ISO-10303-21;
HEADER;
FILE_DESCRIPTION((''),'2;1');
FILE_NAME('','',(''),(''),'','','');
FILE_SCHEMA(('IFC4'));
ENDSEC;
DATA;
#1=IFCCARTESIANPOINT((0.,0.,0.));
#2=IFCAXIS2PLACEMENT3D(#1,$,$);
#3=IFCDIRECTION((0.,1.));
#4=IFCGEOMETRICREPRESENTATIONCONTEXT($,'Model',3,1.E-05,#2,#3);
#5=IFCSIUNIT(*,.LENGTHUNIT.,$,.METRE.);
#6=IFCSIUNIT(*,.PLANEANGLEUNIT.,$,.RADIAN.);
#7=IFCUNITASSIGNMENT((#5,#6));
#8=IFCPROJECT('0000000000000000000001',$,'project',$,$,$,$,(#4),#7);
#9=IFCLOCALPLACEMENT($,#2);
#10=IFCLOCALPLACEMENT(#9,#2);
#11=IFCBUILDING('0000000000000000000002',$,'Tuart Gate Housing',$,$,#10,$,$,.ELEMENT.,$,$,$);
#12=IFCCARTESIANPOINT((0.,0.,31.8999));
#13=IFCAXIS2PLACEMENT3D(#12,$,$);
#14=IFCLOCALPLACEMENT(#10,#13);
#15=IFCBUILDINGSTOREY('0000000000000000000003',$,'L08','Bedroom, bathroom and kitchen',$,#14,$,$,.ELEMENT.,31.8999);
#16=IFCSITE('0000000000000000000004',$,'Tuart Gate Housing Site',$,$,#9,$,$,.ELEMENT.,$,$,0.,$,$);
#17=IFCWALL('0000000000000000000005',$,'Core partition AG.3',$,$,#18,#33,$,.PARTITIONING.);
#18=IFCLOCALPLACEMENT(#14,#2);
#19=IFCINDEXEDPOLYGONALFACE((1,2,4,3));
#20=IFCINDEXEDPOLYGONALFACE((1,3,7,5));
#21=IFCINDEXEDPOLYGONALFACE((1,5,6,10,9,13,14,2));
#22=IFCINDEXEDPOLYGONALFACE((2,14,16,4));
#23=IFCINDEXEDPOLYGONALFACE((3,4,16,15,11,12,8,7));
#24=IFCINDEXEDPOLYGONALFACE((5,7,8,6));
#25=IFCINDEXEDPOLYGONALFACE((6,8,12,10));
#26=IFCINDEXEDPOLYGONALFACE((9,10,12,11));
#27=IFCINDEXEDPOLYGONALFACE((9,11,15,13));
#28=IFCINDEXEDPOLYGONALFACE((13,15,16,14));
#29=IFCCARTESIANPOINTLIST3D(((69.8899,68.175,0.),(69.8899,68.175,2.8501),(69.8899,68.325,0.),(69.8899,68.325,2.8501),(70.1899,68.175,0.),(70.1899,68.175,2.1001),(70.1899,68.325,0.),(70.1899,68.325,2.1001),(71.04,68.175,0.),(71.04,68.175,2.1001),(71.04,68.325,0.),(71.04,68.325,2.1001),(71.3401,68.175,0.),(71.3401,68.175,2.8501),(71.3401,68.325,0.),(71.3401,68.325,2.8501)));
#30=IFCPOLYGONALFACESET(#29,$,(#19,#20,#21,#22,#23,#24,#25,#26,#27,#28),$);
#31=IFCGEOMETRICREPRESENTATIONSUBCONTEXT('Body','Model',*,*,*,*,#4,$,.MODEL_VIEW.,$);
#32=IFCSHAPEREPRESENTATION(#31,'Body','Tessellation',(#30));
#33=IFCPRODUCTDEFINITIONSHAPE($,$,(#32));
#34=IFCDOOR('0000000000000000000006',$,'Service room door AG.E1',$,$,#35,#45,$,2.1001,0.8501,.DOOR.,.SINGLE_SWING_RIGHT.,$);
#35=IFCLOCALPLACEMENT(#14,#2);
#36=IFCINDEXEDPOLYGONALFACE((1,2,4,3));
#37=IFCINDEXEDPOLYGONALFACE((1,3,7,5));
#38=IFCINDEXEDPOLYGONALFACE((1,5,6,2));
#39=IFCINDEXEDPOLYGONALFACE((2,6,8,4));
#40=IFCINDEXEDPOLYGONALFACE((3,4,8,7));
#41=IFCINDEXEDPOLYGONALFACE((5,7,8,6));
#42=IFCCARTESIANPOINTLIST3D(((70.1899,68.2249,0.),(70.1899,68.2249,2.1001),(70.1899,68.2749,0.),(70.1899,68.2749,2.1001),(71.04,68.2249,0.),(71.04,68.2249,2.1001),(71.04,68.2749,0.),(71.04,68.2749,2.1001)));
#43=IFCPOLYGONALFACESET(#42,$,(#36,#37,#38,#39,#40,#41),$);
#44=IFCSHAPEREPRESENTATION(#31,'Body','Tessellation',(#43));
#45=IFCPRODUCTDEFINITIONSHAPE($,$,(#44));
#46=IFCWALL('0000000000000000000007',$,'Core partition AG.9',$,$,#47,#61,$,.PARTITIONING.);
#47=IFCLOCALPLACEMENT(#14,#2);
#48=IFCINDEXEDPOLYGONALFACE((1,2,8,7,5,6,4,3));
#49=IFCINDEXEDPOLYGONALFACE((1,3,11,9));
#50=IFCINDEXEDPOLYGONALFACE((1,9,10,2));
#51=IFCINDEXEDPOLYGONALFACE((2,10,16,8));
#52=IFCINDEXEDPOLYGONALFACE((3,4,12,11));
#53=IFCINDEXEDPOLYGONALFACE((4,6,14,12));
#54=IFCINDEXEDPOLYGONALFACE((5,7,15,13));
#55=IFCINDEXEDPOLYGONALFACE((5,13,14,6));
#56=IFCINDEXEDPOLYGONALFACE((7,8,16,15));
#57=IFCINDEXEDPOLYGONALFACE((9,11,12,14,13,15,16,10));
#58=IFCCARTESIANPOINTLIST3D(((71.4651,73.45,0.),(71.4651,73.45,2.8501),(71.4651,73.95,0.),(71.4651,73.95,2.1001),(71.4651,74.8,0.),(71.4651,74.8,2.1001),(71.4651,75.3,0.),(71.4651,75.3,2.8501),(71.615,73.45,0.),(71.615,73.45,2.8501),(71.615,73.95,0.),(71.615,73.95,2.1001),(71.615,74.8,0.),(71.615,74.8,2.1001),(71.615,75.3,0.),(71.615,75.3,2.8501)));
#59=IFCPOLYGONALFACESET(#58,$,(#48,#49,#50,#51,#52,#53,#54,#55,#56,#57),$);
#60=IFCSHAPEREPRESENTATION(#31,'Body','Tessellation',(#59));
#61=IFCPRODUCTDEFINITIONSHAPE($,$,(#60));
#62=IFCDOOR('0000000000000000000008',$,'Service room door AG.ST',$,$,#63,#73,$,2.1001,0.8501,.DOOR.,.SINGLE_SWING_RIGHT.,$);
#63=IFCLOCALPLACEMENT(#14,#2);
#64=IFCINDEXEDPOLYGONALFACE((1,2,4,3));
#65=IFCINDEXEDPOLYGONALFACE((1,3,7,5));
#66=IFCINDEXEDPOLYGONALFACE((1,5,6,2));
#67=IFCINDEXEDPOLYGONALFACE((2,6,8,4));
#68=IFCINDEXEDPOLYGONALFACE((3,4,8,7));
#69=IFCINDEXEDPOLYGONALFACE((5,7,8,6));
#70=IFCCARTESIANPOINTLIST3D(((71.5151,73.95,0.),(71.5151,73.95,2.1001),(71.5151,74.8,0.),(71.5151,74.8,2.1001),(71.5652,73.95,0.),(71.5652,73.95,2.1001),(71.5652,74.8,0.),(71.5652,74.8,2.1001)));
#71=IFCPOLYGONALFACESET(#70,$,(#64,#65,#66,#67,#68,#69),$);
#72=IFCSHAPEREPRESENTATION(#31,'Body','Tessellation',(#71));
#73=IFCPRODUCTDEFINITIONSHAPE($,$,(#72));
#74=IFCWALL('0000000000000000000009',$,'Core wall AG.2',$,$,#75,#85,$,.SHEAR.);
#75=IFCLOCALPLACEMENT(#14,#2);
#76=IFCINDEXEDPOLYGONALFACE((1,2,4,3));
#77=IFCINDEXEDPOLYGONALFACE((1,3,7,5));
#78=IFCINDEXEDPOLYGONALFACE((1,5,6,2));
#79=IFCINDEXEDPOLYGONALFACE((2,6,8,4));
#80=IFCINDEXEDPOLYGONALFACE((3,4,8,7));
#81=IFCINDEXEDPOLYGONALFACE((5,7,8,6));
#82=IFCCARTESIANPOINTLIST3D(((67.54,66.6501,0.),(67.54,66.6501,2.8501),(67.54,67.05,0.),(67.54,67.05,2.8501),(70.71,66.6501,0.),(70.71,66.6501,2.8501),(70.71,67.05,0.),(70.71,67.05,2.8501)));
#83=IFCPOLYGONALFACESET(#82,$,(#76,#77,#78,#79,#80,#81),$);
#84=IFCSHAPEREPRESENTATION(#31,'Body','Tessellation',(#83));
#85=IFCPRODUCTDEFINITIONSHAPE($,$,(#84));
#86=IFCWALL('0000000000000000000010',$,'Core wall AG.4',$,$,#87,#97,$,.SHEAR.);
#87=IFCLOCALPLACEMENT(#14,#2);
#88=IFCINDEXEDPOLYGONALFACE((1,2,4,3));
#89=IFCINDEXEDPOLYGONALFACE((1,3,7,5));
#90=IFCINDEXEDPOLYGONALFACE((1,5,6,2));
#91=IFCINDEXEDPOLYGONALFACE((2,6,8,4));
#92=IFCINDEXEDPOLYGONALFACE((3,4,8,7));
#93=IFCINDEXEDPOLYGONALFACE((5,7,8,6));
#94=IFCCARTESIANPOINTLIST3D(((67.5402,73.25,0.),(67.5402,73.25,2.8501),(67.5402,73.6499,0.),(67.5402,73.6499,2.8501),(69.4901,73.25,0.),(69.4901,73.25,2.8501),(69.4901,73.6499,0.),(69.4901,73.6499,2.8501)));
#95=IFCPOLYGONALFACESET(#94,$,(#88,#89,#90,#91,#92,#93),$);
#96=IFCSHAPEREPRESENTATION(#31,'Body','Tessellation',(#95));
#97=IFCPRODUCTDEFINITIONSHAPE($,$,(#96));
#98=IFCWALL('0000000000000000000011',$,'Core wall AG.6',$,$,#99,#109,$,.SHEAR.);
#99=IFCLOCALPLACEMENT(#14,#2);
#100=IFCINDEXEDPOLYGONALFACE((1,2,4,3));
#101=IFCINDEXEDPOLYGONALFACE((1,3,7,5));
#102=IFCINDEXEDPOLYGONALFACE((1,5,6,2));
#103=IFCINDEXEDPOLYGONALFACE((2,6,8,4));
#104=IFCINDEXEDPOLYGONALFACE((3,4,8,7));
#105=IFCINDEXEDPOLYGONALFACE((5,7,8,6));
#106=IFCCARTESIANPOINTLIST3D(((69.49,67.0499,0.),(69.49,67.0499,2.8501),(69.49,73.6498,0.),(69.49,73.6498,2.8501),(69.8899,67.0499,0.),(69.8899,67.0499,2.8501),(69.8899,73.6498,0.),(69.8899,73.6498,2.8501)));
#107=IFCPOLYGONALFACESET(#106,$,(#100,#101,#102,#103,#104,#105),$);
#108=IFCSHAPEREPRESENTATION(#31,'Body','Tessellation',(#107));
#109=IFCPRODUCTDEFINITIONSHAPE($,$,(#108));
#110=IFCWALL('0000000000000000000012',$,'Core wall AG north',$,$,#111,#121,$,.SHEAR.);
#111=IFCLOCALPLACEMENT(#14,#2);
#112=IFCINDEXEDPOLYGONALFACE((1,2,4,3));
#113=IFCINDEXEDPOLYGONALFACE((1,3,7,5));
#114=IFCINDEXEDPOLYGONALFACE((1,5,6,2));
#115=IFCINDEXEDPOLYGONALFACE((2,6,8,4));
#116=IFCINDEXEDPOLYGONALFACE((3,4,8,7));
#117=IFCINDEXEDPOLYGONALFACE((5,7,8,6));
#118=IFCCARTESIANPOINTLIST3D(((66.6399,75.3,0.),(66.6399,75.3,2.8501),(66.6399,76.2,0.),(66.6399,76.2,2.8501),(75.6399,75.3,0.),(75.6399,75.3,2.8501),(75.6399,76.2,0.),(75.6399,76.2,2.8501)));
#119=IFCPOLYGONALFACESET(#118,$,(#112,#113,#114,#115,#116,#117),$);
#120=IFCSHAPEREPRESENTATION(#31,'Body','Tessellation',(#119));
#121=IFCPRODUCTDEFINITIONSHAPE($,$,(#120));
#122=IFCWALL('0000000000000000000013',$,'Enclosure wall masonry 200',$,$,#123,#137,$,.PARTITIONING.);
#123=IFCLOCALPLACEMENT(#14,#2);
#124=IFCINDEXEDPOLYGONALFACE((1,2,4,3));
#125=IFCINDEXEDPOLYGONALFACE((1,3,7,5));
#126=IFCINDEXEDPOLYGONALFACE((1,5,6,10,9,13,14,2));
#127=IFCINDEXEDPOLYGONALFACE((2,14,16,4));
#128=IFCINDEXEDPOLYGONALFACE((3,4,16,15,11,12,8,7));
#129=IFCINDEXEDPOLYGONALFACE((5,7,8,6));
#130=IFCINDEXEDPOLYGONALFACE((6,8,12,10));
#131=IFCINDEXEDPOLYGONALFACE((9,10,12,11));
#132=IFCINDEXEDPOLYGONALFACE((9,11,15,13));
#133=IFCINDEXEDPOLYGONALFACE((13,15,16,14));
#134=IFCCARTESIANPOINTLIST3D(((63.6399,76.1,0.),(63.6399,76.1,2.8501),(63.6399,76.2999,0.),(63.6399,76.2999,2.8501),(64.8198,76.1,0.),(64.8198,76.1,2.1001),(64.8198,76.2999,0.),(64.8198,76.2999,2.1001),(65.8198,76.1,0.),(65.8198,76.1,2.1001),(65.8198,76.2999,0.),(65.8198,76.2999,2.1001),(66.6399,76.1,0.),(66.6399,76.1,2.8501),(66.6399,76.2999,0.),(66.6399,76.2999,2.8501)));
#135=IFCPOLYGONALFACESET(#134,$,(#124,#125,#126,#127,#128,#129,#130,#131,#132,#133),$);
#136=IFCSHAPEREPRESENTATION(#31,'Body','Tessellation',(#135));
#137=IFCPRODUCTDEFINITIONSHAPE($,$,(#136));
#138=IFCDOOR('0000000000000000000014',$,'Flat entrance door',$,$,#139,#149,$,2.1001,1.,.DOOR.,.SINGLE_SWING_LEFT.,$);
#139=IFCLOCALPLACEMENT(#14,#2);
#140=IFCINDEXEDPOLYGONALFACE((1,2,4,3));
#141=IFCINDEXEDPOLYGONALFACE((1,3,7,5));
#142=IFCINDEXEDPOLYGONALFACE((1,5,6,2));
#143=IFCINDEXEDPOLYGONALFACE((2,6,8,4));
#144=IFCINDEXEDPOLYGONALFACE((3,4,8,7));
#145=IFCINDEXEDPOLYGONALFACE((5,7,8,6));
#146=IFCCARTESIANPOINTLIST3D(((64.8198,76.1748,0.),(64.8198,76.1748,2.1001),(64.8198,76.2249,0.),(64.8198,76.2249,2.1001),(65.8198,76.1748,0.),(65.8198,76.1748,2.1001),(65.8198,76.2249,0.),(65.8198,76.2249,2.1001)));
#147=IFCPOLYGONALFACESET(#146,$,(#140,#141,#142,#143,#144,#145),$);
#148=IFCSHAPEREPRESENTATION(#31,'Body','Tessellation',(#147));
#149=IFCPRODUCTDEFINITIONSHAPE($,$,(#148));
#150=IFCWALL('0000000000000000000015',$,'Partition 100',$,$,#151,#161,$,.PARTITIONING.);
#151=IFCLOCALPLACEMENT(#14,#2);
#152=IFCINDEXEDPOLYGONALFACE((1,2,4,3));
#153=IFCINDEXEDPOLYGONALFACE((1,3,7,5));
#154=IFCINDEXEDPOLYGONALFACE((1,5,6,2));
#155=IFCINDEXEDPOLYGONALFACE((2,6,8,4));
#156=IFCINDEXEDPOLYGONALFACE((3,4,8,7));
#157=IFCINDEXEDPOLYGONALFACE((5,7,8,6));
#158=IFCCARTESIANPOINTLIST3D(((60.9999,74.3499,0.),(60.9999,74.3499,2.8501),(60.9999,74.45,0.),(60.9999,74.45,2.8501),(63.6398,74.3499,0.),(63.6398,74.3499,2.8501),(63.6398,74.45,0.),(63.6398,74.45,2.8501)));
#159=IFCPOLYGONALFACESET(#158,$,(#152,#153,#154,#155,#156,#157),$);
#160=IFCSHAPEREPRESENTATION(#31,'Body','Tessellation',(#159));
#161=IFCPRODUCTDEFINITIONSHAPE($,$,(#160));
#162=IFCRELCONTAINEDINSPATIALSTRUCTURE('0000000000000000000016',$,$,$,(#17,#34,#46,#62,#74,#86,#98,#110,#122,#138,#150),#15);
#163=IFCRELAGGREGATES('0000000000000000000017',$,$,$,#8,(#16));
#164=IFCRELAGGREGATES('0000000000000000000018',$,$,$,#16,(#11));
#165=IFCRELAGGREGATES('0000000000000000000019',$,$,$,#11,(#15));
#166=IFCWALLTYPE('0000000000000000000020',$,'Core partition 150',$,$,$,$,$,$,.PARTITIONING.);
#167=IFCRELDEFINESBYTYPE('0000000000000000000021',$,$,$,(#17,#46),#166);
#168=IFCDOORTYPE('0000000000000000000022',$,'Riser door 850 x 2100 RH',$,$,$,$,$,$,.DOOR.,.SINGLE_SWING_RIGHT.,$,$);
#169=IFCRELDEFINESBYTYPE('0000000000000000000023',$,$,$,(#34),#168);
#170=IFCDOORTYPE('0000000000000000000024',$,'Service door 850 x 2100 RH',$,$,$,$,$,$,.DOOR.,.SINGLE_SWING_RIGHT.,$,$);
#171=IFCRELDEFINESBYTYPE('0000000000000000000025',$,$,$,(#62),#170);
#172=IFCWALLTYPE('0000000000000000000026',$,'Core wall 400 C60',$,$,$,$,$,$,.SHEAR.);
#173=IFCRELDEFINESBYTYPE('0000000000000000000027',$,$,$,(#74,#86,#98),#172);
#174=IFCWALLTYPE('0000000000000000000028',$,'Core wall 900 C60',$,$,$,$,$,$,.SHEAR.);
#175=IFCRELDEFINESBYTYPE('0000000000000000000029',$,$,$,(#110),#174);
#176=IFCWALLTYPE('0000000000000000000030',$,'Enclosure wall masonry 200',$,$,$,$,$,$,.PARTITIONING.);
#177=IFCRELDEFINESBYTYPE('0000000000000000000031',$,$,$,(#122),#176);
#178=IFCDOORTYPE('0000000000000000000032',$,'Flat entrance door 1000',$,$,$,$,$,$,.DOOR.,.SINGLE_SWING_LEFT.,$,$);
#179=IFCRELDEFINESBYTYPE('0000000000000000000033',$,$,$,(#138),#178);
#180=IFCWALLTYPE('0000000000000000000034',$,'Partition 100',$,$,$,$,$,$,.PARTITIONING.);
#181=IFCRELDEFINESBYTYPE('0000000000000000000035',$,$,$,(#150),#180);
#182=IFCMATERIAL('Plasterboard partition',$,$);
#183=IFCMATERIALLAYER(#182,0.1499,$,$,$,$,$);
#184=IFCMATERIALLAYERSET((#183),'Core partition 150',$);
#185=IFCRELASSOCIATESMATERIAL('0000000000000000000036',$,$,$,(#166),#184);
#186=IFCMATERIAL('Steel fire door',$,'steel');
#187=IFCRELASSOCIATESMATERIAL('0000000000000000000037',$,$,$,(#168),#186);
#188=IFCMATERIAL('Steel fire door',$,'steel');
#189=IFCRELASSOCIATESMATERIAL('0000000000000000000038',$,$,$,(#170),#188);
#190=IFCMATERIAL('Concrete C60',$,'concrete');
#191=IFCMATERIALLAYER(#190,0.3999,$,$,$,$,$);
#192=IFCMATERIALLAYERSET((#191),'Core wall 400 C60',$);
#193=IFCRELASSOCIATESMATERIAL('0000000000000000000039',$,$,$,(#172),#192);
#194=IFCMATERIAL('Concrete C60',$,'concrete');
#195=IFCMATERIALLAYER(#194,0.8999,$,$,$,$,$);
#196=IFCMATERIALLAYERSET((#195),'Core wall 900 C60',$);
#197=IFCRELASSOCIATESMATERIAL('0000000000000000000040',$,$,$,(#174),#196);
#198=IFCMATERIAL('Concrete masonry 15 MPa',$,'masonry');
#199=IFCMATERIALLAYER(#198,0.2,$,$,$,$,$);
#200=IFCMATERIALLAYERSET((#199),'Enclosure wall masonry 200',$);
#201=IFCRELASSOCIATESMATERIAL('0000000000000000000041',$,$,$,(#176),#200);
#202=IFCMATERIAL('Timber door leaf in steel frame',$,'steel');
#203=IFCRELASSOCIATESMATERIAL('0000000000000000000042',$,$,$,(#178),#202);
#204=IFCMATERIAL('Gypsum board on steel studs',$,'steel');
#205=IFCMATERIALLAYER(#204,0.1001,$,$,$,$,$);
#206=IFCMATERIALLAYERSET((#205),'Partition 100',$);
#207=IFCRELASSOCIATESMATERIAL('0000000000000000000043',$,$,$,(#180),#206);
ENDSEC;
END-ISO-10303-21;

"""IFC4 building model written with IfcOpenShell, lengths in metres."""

from ifc_helpers import new_model, si_unit, direction, frame, frame_2d, origin, place, context, subcontext, project, spatial, rectangle, extrude, material, layer, layer_set, type_object, element, fill, save


model = new_model("IFC4")

# Units and contexts
model_context = context("Model", 3, precision=1e-05, world=origin(), true_north=direction((0.0, 1.0)))
body_context = subcontext(model_context, "Body", "Model", "MODEL_VIEW")
ifc_project = project(units=[si_unit("LENGTHUNIT", "METRE"), si_unit("PLANEANGLEUNIT", "RADIAN")], contexts=[model_context])

# Site, building, storey
site_placement = place(None, origin())
site = spatial("IfcSite", under=ifc_project, at=site_placement, Name="Tuart Gate Housing Site", CompositionType="ELEMENT", RefElevation=0.0)
building_placement = place(site_placement, origin())
building = spatial("IfcBuilding", under=site, at=building_placement, Name="Tuart Gate Housing", CompositionType="ELEMENT")
storey_placement = place(building_placement, frame((0.0, 0.0, 31.8999)))
storey = spatial("IfcBuildingStorey", under=building, at=storey_placement, Name="L08", Description="Bedroom, bathroom and kitchen", CompositionType="ELEMENT", Elevation=31.8999)

# Walls, openings, doors
ifc_material_1 = material(Name="Plasterboard partition")
ifc_layer_1 = layer(ifc_material_1, 0.1499)
ifc_layer_set_1 = layer_set([ifc_layer_1], Name="Core partition 150")
wall_type_1 = type_object("IfcWallType", Name="Core partition 150", PredefinedType="PARTITIONING", material=ifc_layer_set_1)
wall_1_placement = place(storey_placement, frame((69.8899, 68.25, 0.0), z_axis=(0.0, 0.0, 1.0), x_axis=(1.0, 0.0, 0.0)))
wall_1 = element("IfcWall", 1, at=wall_1_placement, inside=storey, type_object=wall_type_1, Name="Core partition AG.3", PredefinedType="PARTITIONING", context=body_context, shape_type="SweptSolid", body=[
    extrude(rectangle(XDim=1.4502, YDim=0.1499, at=frame_2d((0.7251, 0.0))), origin(), (0.0, 0.0, 1.0), 2.8501),
])
opening_1_placement = place(wall_1_placement, frame((0.3, 0.0, 0.0)))
opening_1 = element("IfcOpeningElement", 2, at=opening_1_placement, cuts=wall_1, PredefinedType="OPENING", context=body_context, shape_type="SweptSolid", body=[
    extrude(rectangle(XDim=0.8501, YDim=2.1001, at=frame_2d((0.425, 1.05))), frame((0.0, 0.085, 0.0), z_axis=(0.0, -1.0, 0.0), x_axis=(1.0, 0.0, 0.0)), (0.0, 0.0, 1.0), 0.1699),
])
ifc_material_2 = material(Name="Steel fire door", Category="steel")
door_type_1 = type_object("IfcDoorType", Name="Riser door 850 x 2100 RH", OperationType="SINGLE_SWING_RIGHT", PredefinedType="DOOR", material=ifc_material_2)
door_1_placement = place(opening_1_placement, frame((0.8501, 0.0, 0.0), z_axis=(0.0, 0.0, 1.0), x_axis=(-1.0, 0.0, 0.0)))
door_1 = element("IfcDoor", 3, at=door_1_placement, inside=storey, type_object=door_type_1, Name="Service room door AG.E1", OperationType="SINGLE_SWING_RIGHT", OverallHeight=2.1001, OverallWidth=0.8501, PredefinedType="DOOR", context=body_context, shape_type="SweptSolid", body=[
    extrude(rectangle(XDim=0.8501, YDim=2.1001, at=frame_2d((0.425, 1.05))), frame((0.0, 0.0251, 0.0), z_axis=(0.0, -1.0, 0.0), x_axis=(1.0, 0.0, 0.0)), (0.0, 0.0, 1.0), 0.05),
])
fill(opening_1, door_1)
wall_2_placement = place(storey_placement, frame((71.54, 73.45, 0.0), z_axis=(0.0, 0.0, 1.0), x_axis=(0.0, 1.0, 0.0)))
wall_2 = element("IfcWall", 4, at=wall_2_placement, inside=storey, type_object=wall_type_1, Name="Core partition AG.9", PredefinedType="PARTITIONING", context=body_context, shape_type="SweptSolid", body=[
    extrude(rectangle(XDim=1.8501, YDim=0.1499, at=frame_2d((0.925, 0.0))), origin(), (0.0, 0.0, 1.0), 2.8501),
])
opening_2_placement = place(wall_2_placement, frame((0.5, 0.0, 0.0)))
opening_2 = element("IfcOpeningElement", 5, at=opening_2_placement, cuts=wall_2, PredefinedType="OPENING", context=body_context, shape_type="SweptSolid", body=[
    extrude(rectangle(XDim=0.8501, YDim=2.1001, at=frame_2d((0.425, 1.05))), frame((0.0, 0.085, 0.0), z_axis=(0.0, -1.0, 0.0), x_axis=(1.0, 0.0, 0.0)), (0.0, 0.0, 1.0), 0.1699),
])
ifc_material_3 = material(Name="Steel fire door", Category="steel")
door_type_2 = type_object("IfcDoorType", Name="Service door 850 x 2100 RH", OperationType="SINGLE_SWING_RIGHT", PredefinedType="DOOR", material=ifc_material_3)
door_2_placement = place(opening_2_placement, frame((0.8501, 0.0, 0.0), z_axis=(0.0, 0.0, 1.0), x_axis=(-1.0, 0.0, 0.0)))
door_2 = element("IfcDoor", 6, at=door_2_placement, inside=storey, type_object=door_type_2, Name="Service room door AG.ST", OperationType="SINGLE_SWING_RIGHT", OverallHeight=2.1001, OverallWidth=0.8501, PredefinedType="DOOR", context=body_context, shape_type="SweptSolid", body=[
    extrude(rectangle(XDim=0.8501, YDim=2.1001, at=frame_2d((0.425, 1.05))), frame((0.0, 0.0251, 0.0), z_axis=(0.0, -1.0, 0.0), x_axis=(1.0, 0.0, 0.0)), (0.0, 0.0, 1.0), 0.05),
])
fill(opening_2, door_2)

# Walls
ifc_material_4 = material(Name="Concrete C60", Category="concrete")
ifc_layer_2 = layer(ifc_material_4, 0.3999)
ifc_layer_set_2 = layer_set([ifc_layer_2], Name="Core wall 400 C60")
wall_type_2 = type_object("IfcWallType", Name="Core wall 400 C60", PredefinedType="SHEAR", material=ifc_layer_set_2)
wall_3_placement = place(storey_placement, frame((67.54, 66.8501, 0.0), z_axis=(0.0, 0.0, 1.0), x_axis=(1.0, 0.0, 0.0)))
element("IfcWall", 7, at=wall_3_placement, inside=storey, type_object=wall_type_2, Name="Core wall AG.2", PredefinedType="SHEAR", context=body_context, shape_type="SweptSolid", body=[
    extrude(rectangle(XDim=3.1699, YDim=0.3999, at=frame_2d((1.585, 0.0))), origin(), (0.0, 0.0, 1.0), 2.8501),
])
wall_4_placement = place(storey_placement, frame((67.54, 73.45, 0.0), z_axis=(0.0, 0.0, 1.0), x_axis=(1.0, 0.0, 0.0)))
element("IfcWall", 8, at=wall_4_placement, inside=storey, type_object=wall_type_2, Name="Core wall AG.4", PredefinedType="SHEAR", context=body_context, shape_type="SweptSolid", body=[
    extrude(rectangle(XDim=1.95, YDim=0.3999, at=frame_2d((0.9751, 0.0))), origin(), (0.0, 0.0, 1.0), 2.8501),
])
wall_5_placement = place(storey_placement, frame((69.6899, 67.05, 0.0), z_axis=(0.0, 0.0, 1.0), x_axis=(0.0, 1.0, 0.0)))
element("IfcWall", 9, at=wall_5_placement, inside=storey, type_object=wall_type_2, Name="Core wall AG.6", PredefinedType="SHEAR", context=body_context, shape_type="SweptSolid", body=[
    extrude(rectangle(XDim=6.5999, YDim=0.3999, at=frame_2d((3.2998, 0.0))), origin(), (0.0, 0.0, 1.0), 2.8501),
])
ifc_material_5 = material(Name="Concrete C60", Category="concrete")
ifc_layer_3 = layer(ifc_material_5, 0.8999)
ifc_layer_set_3 = layer_set([ifc_layer_3], Name="Core wall 900 C60")
wall_type_3 = type_object("IfcWallType", Name="Core wall 900 C60", PredefinedType="SHEAR", material=ifc_layer_set_3)
wall_6_placement = place(storey_placement, frame((66.6399, 75.75, 0.0), z_axis=(0.0, 0.0, 1.0), x_axis=(1.0, 0.0, 0.0)))
element("IfcWall", 10, at=wall_6_placement, inside=storey, type_object=wall_type_3, Name="Core wall AG north", PredefinedType="SHEAR", context=body_context, shape_type="SweptSolid", body=[
    extrude(rectangle(XDim=9.0, YDim=0.8999, at=frame_2d((4.5, 0.0))), origin(), (0.0, 0.0, 1.0), 2.8501),
])

# Wall, opening, door
ifc_material_6 = material(Name="Concrete masonry 15 MPa", Category="masonry")
ifc_layer_4 = layer(ifc_material_6, 0.2)
ifc_layer_set_4 = layer_set([ifc_layer_4], Name="Enclosure wall masonry 200")
wall_type_4 = type_object("IfcWallType", Name="Enclosure wall masonry 200", PredefinedType="PARTITIONING", material=ifc_layer_set_4)
wall_7_placement = place(storey_placement, frame((63.6399, 76.2, 0.0), z_axis=(0.0, 0.0, 1.0), x_axis=(1.0, 0.0, 0.0)))
wall_7 = element("IfcWall", 11, at=wall_7_placement, inside=storey, type_object=wall_type_4, Name="Enclosure wall masonry 200", PredefinedType="PARTITIONING", context=body_context, shape_type="SweptSolid", body=[
    extrude(rectangle(XDim=3.0, YDim=0.2, at=frame_2d((1.5, 0.0))), origin(), (0.0, 0.0, 1.0), 2.8501),
])
opening_3_placement = place(wall_7_placement, frame((1.1799, 0.0, 0.0)))
opening_3 = element("IfcOpeningElement", 12, at=opening_3_placement, cuts=wall_7, PredefinedType="OPENING", context=body_context, shape_type="SweptSolid", body=[
    extrude(rectangle(XDim=1.0, YDim=2.1001, at=frame_2d((0.5, 1.05))), frame((0.0, 0.1099, 0.0), z_axis=(0.0, -1.0, 0.0), x_axis=(1.0, 0.0, 0.0)), (0.0, 0.0, 1.0), 0.22),
])
ifc_material_7 = material(Name="Timber door leaf in steel frame", Category="steel")
door_type_3 = type_object("IfcDoorType", Name="Flat entrance door 1000", OperationType="SINGLE_SWING_LEFT", PredefinedType="DOOR", material=ifc_material_7)
door_3_placement = place(opening_3_placement, origin())
door_3 = element("IfcDoor", 13, at=door_3_placement, inside=storey, type_object=door_type_3, Name="Flat entrance door", OperationType="SINGLE_SWING_LEFT", OverallHeight=2.1001, OverallWidth=1.0, PredefinedType="DOOR", context=body_context, shape_type="SweptSolid", body=[
    extrude(rectangle(XDim=1.0, YDim=2.1001, at=frame_2d((0.5, 1.05))), frame((0.0, 0.0249, 0.0), z_axis=(0.0, -1.0, 0.0), x_axis=(1.0, 0.0, 0.0)), (0.0, 0.0, 1.0), 0.05),
])
fill(opening_3, door_3)

# Wall
ifc_material_8 = material(Name="Gypsum board on steel studs", Category="steel")
ifc_layer_5 = layer(ifc_material_8, 0.1001)
ifc_layer_set_5 = layer_set([ifc_layer_5], Name="Partition 100")
wall_type_5 = type_object("IfcWallType", Name="Partition 100", PredefinedType="PARTITIONING", material=ifc_layer_set_5)
wall_8_placement = place(storey_placement, frame((61.0, 74.3999, 0.0), z_axis=(0.0, 0.0, 1.0), x_axis=(1.0, 0.0, 0.0)))
element("IfcWall", 14, at=wall_8_placement, inside=storey, type_object=wall_type_5, Name="Partition 100", PredefinedType="PARTITIONING", context=body_context, shape_type="SweptSolid", body=[
    extrude(rectangle(XDim=2.6399, YDim=0.1001, at=frame_2d((1.3198, 0.0))), origin(), (0.0, 0.0, 1.0), 2.8501),
])

save(model, "model.ifc")
